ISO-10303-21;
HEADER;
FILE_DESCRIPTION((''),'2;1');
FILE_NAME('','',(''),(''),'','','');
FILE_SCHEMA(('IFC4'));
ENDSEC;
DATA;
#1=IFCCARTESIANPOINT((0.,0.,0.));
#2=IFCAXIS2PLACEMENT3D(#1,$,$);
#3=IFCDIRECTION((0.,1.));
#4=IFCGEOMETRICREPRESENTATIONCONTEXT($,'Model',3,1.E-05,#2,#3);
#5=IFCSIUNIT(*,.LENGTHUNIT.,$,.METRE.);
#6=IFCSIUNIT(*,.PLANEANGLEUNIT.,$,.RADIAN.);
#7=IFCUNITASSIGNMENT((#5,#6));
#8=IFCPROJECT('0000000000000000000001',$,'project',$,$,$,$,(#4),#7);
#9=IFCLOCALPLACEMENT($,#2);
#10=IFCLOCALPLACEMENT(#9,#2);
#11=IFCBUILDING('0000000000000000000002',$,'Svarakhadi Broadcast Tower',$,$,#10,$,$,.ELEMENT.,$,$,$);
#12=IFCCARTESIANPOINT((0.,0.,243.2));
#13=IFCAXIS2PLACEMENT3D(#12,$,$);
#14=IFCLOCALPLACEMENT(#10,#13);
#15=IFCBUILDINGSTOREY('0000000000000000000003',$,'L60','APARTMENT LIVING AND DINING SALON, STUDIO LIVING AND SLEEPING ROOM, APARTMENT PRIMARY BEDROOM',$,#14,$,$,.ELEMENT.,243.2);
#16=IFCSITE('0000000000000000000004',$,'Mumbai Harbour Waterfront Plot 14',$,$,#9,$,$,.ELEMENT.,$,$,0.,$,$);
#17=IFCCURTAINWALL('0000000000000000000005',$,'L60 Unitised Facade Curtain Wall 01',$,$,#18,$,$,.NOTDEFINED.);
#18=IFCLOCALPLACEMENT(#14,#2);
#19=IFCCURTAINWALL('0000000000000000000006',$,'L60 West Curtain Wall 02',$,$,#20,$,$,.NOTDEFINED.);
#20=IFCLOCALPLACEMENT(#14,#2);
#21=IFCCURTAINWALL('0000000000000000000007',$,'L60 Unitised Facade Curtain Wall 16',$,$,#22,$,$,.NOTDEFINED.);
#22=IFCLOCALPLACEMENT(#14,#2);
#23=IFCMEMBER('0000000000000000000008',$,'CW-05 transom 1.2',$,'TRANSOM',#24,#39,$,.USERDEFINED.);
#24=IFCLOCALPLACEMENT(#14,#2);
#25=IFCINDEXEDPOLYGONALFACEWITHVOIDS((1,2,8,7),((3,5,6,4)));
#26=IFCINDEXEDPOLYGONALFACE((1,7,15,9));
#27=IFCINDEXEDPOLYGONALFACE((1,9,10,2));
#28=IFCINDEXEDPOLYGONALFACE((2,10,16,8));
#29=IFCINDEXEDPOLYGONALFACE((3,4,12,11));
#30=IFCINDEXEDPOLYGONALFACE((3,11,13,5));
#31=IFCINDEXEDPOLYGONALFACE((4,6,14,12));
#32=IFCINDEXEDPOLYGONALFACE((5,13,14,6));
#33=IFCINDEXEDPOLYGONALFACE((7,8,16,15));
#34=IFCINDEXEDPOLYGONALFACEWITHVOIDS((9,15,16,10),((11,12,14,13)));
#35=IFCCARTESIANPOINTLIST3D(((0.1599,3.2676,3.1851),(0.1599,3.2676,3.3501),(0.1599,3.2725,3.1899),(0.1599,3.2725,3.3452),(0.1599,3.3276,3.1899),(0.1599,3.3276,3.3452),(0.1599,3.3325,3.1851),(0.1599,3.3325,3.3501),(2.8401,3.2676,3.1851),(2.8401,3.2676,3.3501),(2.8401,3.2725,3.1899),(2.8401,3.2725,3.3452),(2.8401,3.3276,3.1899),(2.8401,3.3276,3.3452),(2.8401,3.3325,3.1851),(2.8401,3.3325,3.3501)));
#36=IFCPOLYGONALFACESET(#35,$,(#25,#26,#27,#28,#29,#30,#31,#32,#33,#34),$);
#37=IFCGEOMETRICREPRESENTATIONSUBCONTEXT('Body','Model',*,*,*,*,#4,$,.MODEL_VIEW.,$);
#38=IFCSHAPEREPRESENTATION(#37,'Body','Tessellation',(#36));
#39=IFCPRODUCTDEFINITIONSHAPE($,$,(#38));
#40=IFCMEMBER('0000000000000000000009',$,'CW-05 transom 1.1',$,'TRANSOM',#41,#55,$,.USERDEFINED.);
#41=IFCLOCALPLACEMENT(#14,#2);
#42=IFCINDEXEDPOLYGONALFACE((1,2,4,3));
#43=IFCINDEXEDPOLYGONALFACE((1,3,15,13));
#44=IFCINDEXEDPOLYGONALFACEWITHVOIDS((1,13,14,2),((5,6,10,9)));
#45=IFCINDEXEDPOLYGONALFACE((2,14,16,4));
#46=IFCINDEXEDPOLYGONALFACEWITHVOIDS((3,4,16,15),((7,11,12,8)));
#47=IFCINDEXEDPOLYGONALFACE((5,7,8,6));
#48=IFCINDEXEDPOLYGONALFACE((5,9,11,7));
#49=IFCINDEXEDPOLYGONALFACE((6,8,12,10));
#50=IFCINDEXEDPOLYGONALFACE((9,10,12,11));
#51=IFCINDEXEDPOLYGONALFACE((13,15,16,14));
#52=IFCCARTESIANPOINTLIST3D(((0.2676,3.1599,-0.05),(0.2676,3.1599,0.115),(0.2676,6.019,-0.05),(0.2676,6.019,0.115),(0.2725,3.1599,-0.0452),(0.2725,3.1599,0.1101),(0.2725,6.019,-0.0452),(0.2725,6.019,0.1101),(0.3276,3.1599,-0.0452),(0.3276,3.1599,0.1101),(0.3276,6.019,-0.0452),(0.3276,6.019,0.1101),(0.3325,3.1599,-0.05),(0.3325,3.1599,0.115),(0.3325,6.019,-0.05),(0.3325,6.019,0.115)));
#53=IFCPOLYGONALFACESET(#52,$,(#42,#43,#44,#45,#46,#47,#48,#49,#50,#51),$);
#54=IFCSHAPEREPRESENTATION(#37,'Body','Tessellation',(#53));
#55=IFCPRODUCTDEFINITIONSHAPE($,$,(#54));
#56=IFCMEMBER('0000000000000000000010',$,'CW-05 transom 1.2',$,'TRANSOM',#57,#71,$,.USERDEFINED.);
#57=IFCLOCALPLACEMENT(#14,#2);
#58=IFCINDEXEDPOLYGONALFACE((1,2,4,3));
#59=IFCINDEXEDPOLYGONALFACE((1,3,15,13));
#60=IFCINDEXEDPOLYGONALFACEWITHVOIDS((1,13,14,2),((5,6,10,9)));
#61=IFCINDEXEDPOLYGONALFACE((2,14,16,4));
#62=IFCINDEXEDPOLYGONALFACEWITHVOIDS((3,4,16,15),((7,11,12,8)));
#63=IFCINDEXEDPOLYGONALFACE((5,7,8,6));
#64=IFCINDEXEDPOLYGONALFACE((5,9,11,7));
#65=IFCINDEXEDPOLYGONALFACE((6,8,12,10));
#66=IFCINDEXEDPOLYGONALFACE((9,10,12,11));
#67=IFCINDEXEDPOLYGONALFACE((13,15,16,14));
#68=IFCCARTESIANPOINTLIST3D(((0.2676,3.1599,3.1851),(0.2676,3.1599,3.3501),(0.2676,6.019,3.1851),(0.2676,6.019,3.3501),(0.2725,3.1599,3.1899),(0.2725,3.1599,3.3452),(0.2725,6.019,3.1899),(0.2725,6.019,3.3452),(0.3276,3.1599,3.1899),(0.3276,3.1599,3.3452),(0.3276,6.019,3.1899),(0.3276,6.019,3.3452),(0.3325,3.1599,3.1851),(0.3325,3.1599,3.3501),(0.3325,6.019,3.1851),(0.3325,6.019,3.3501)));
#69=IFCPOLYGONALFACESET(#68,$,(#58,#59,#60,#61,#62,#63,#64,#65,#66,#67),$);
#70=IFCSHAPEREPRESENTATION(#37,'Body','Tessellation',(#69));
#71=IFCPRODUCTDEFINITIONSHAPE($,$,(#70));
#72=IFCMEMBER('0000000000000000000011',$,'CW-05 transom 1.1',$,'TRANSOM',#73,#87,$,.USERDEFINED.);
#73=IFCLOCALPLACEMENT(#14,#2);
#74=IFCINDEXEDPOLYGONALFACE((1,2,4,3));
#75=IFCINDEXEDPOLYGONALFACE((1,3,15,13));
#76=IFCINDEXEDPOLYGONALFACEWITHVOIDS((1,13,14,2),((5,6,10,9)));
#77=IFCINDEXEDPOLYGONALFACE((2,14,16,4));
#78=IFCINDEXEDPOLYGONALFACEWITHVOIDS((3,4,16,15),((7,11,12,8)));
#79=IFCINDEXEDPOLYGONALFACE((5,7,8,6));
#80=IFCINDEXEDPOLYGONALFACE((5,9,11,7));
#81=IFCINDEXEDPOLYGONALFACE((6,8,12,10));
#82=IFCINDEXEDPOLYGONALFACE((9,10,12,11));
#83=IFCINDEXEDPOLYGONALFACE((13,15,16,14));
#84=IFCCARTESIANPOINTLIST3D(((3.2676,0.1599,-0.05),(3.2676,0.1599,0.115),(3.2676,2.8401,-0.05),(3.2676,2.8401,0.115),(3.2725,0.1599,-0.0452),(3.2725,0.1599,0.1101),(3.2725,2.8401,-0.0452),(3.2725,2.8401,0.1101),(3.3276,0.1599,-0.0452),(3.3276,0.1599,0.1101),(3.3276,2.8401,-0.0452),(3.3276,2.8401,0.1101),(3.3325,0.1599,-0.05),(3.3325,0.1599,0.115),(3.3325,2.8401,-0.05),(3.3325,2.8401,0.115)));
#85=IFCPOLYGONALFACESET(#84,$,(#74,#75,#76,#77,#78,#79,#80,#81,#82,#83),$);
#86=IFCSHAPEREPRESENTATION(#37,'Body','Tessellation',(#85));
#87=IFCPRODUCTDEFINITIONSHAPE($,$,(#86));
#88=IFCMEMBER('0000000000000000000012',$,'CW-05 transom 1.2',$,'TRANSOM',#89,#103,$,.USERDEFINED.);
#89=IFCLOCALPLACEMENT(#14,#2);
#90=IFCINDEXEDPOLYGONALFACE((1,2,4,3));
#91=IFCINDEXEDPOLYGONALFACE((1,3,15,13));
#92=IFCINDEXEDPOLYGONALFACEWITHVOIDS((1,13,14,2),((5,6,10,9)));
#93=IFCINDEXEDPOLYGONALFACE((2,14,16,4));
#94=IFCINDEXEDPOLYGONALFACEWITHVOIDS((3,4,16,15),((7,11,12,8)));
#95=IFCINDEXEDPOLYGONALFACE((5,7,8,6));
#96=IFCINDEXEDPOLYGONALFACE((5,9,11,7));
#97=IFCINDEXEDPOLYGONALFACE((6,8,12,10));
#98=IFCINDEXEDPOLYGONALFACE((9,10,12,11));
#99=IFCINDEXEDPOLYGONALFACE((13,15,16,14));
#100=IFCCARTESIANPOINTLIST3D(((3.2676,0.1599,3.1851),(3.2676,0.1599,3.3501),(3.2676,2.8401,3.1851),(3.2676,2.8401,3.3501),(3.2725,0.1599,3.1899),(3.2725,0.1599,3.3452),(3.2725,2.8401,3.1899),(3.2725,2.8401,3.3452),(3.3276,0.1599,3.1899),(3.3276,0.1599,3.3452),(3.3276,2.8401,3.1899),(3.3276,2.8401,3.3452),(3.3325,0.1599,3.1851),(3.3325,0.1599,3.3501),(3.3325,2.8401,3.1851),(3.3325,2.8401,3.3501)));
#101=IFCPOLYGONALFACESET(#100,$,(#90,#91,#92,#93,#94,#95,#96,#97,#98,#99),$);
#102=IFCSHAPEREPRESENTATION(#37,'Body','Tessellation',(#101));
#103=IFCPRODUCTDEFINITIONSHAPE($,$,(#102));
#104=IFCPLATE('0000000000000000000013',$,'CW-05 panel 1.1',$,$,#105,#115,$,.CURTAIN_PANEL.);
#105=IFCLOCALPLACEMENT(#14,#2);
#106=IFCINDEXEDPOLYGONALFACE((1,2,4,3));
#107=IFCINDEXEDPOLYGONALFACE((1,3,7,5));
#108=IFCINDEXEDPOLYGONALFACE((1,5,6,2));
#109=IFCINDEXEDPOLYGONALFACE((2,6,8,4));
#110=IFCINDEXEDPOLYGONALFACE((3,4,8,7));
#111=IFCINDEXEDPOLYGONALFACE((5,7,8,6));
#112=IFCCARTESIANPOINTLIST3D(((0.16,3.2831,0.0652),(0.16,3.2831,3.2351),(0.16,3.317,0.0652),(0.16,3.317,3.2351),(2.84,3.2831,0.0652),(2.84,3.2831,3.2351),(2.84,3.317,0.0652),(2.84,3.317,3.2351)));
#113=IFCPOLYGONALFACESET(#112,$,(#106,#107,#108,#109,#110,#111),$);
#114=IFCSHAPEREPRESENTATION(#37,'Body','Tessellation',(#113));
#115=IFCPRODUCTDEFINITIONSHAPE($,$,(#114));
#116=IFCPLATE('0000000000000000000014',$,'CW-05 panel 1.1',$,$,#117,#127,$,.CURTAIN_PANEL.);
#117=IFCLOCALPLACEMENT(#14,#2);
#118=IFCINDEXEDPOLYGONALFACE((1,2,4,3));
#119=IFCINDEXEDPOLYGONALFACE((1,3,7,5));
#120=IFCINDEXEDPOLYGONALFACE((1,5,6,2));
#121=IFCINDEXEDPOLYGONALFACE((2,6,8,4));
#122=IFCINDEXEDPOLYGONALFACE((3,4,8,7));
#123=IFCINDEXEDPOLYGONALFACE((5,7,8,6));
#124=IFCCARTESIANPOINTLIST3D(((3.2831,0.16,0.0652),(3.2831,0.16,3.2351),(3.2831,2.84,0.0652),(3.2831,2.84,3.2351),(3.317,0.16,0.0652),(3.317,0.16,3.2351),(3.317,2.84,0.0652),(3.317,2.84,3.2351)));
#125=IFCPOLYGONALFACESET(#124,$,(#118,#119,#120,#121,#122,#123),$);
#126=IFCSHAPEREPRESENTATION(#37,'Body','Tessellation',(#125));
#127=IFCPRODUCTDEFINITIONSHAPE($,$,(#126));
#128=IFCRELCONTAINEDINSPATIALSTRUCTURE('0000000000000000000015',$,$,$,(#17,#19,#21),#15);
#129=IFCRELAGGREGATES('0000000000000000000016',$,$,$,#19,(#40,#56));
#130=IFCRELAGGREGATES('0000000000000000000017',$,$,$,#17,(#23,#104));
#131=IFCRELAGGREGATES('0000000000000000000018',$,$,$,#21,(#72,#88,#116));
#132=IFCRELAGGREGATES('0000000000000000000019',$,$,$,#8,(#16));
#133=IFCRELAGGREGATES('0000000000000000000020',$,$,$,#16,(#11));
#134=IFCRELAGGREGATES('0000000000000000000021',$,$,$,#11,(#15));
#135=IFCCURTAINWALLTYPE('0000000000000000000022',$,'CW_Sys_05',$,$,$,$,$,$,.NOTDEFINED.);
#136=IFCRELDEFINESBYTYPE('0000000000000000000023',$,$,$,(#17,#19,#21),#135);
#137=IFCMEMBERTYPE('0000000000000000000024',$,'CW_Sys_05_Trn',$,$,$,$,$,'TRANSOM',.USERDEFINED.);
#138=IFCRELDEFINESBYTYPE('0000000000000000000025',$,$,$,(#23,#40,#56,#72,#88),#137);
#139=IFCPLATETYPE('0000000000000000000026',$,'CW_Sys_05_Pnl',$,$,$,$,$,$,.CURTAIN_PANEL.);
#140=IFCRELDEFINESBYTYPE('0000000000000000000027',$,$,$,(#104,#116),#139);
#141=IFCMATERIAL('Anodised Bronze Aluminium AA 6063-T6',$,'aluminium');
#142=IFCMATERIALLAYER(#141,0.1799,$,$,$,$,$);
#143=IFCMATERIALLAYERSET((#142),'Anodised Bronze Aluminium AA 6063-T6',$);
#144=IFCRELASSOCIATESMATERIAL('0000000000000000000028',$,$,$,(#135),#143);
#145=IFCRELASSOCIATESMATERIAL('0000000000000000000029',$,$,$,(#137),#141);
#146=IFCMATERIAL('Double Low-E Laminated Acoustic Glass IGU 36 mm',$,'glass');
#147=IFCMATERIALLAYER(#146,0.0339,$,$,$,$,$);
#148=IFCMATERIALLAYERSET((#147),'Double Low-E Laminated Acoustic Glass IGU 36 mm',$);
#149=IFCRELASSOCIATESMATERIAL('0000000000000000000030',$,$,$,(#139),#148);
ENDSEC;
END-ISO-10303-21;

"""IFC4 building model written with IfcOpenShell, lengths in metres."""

from ifc_helpers import new_model, si_unit, direction, frame, origin, origin_2d, place, context, subcontext, project, spatial, rectangle, hollow_rectangle, extrude, material, layer, layer_set, material_profile, profile_set, type_object, element, aggregate, save


model = new_model("IFC4")

# Units and contexts
model_context = context("Model", 3, precision=1e-05, world=origin(), true_north=direction((0.0, 1.0)))
body_context = subcontext(model_context, "Body", "Model", "MODEL_VIEW")
ifc_project = project(units=[si_unit("LENGTHUNIT", "METRE"), si_unit("PLANEANGLEUNIT", "RADIAN")], contexts=[model_context])

# Site, building, storey
site_placement = place(None, origin())
site = spatial("IfcSite", under=ifc_project, at=site_placement, Name="Mumbai Harbour Waterfront Plot 14", CompositionType="ELEMENT", RefElevation=0.0)
building_placement = place(site_placement, origin())
building = spatial("IfcBuilding", under=site, at=building_placement, Name="Svarakhadi Broadcast Tower", CompositionType="ELEMENT")
storey_placement = place(building_placement, frame((0.0, 0.0, 243.2)))
storey = spatial("IfcBuildingStorey", under=building, at=storey_placement, Name="L60", Description="APARTMENT LIVING AND DINING SALON, STUDIO LIVING AND SLEEPING ROOM, APARTMENT PRIMARY BEDROOM", CompositionType="ELEMENT", Elevation=243.2)

# Curtain wall
ifc_material_1 = material(Name="Anodised Bronze Aluminium AA 6063-T6", Category="aluminium")
ifc_layer_1 = layer(ifc_material_1, 0.1799)
ifc_layer_set_1 = layer_set([ifc_layer_1], Name="Anodised Bronze Aluminium AA 6063-T6")
curtain_wall_type = type_object("IfcCurtainWallType", Name="CW_Sys_05", PredefinedType="NOTDEFINED", material=ifc_layer_set_1)
curtain_wall_1_placement = place(storey_placement, origin())
curtain_wall_1 = element("IfcCurtainWall", 1, at=curtain_wall_1_placement, inside=storey, type_object=curtain_wall_type, Name="L60 Unitised Facade Curtain Wall 01", PredefinedType="NOTDEFINED")

# Curtain wall
curtain_wall_2_placement = place(storey_placement, origin())
curtain_wall_2 = element("IfcCurtainWall", 2, at=curtain_wall_2_placement, inside=storey, type_object=curtain_wall_type, Name="L60 West Curtain Wall 02", PredefinedType="NOTDEFINED")

# Curtain wall
curtain_wall_3_placement = place(storey_placement, origin())
curtain_wall_3 = element("IfcCurtainWall", 3, at=curtain_wall_3_placement, inside=storey, type_object=curtain_wall_type, Name="L60 Unitised Facade Curtain Wall 16", PredefinedType="NOTDEFINED")

# Members
ifc_material_profile_1 = material_profile(ifc_material_1, hollow_rectangle(XDim=0.0649, YDim=0.165, WallThickness=0.0049, at=origin_2d()), Name="ALU TRANSOM 165x65x5")
ifc_profile_set_1 = profile_set([ifc_material_profile_1], Name="Anodised Bronze Aluminium AA 6063-T6")
member_type_1 = type_object("IfcMemberType", Name="CW_Sys_05_Trn", ElementType="TRANSOM", PredefinedType="USERDEFINED", material=ifc_profile_set_1)
member_1_placement = place(storey_placement, frame((2.8401, 3.3, 3.2676), z_axis=(-1.0, 0.0, 0.0), x_axis=(0.0, -1.0, 0.0)))
member_1 = element("IfcMember", 4, at=member_1_placement, type_object=member_type_1, Name="CW-05 transom 1.2", ObjectType="TRANSOM", PredefinedType="USERDEFINED", context=body_context, shape_type="SweptSolid", body=[
    extrude(hollow_rectangle(XDim=0.0649, YDim=0.165, WallThickness=0.0049, at=origin_2d()), origin(), (0.0, 0.0, 1.0), 2.6802),
])
member_2_placement = place(storey_placement, frame((0.3, 3.1599, 0.0325), z_axis=(0.0, 1.0, 0.0), x_axis=(-1.0, 0.0, 0.0)))
member_2 = element("IfcMember", 5, at=member_2_placement, type_object=member_type_1, Name="CW-05 transom 1.1", ObjectType="TRANSOM", PredefinedType="USERDEFINED", context=body_context, shape_type="SweptSolid", body=[
    extrude(hollow_rectangle(XDim=0.0649, YDim=0.165, WallThickness=0.0049, at=origin_2d()), origin(), (0.0, 0.0, 1.0), 2.8591),
])
member_3_placement = place(storey_placement, frame((0.3, 3.1599, 3.2676), z_axis=(0.0, 1.0, 0.0), x_axis=(-1.0, 0.0, 0.0)))
member_3 = element("IfcMember", 6, at=member_3_placement, type_object=member_type_1, Name="CW-05 transom 1.2", ObjectType="TRANSOM", PredefinedType="USERDEFINED", context=body_context, shape_type="SweptSolid", body=[
    extrude(hollow_rectangle(XDim=0.0649, YDim=0.165, WallThickness=0.0049, at=origin_2d()), origin(), (0.0, 0.0, 1.0), 2.8591),
])
aggregate(curtain_wall_2, [member_2, member_3])
member_4_placement = place(storey_placement, frame((3.3, 0.1599, 0.0325), z_axis=(0.0, 1.0, 0.0), x_axis=(-1.0, 0.0, 0.0)))
member_4 = element("IfcMember", 7, at=member_4_placement, type_object=member_type_1, Name="CW-05 transom 1.1", ObjectType="TRANSOM", PredefinedType="USERDEFINED", context=body_context, shape_type="SweptSolid", body=[
    extrude(hollow_rectangle(XDim=0.0649, YDim=0.165, WallThickness=0.0049, at=origin_2d()), origin(), (0.0, 0.0, 1.0), 2.6802),
])
member_5_placement = place(storey_placement, frame((3.3, 0.1599, 3.2676), z_axis=(0.0, 1.0, 0.0), x_axis=(-1.0, 0.0, 0.0)))
member_5 = element("IfcMember", 8, at=member_5_placement, type_object=member_type_1, Name="CW-05 transom 1.2", ObjectType="TRANSOM", PredefinedType="USERDEFINED", context=body_context, shape_type="SweptSolid", body=[
    extrude(hollow_rectangle(XDim=0.0649, YDim=0.165, WallThickness=0.0049, at=origin_2d()), origin(), (0.0, 0.0, 1.0), 2.6802),
])

# Plates
ifc_material_2 = material(Name="Double Low-E Laminated Acoustic Glass IGU 36 mm", Category="glass")
ifc_layer_2 = layer(ifc_material_2, 0.0339)
ifc_layer_set_2 = layer_set([ifc_layer_2], Name="Double Low-E Laminated Acoustic Glass IGU 36 mm")
plate_type = type_object("IfcPlateType", Name="CW_Sys_05_Pnl", PredefinedType="CURTAIN_PANEL", material=ifc_layer_set_2)
plate_1_placement = place(storey_placement, frame((1.5, 3.3, 0.0652), z_axis=(0.0, 0.0, 1.0), x_axis=(-1.0, 0.0, 0.0)))
plate_1 = element("IfcPlate", 9, at=plate_1_placement, type_object=plate_type, Name="CW-05 panel 1.1", PredefinedType="CURTAIN_PANEL", context=body_context, shape_type="SweptSolid", body=[
    extrude(rectangle(XDim=2.6799, YDim=0.0339, at=origin_2d()), origin(), (0.0, 0.0, 1.0), 3.1699),
])
aggregate(curtain_wall_1, [member_1, plate_1])
plate_2_placement = place(storey_placement, frame((3.3, 1.5, 0.0652), z_axis=(0.0, 0.0, 1.0), x_axis=(0.0, 1.0, 0.0)))
plate_2 = element("IfcPlate", 10, at=plate_2_placement, type_object=plate_type, Name="CW-05 panel 1.1", PredefinedType="CURTAIN_PANEL", context=body_context, shape_type="SweptSolid", body=[
    extrude(rectangle(XDim=2.6799, YDim=0.0339, at=origin_2d()), origin(), (0.0, 0.0, 1.0), 3.1699),
])
aggregate(curtain_wall_3, [member_4, member_5, plate_2])

save(model, "model.ifc")
